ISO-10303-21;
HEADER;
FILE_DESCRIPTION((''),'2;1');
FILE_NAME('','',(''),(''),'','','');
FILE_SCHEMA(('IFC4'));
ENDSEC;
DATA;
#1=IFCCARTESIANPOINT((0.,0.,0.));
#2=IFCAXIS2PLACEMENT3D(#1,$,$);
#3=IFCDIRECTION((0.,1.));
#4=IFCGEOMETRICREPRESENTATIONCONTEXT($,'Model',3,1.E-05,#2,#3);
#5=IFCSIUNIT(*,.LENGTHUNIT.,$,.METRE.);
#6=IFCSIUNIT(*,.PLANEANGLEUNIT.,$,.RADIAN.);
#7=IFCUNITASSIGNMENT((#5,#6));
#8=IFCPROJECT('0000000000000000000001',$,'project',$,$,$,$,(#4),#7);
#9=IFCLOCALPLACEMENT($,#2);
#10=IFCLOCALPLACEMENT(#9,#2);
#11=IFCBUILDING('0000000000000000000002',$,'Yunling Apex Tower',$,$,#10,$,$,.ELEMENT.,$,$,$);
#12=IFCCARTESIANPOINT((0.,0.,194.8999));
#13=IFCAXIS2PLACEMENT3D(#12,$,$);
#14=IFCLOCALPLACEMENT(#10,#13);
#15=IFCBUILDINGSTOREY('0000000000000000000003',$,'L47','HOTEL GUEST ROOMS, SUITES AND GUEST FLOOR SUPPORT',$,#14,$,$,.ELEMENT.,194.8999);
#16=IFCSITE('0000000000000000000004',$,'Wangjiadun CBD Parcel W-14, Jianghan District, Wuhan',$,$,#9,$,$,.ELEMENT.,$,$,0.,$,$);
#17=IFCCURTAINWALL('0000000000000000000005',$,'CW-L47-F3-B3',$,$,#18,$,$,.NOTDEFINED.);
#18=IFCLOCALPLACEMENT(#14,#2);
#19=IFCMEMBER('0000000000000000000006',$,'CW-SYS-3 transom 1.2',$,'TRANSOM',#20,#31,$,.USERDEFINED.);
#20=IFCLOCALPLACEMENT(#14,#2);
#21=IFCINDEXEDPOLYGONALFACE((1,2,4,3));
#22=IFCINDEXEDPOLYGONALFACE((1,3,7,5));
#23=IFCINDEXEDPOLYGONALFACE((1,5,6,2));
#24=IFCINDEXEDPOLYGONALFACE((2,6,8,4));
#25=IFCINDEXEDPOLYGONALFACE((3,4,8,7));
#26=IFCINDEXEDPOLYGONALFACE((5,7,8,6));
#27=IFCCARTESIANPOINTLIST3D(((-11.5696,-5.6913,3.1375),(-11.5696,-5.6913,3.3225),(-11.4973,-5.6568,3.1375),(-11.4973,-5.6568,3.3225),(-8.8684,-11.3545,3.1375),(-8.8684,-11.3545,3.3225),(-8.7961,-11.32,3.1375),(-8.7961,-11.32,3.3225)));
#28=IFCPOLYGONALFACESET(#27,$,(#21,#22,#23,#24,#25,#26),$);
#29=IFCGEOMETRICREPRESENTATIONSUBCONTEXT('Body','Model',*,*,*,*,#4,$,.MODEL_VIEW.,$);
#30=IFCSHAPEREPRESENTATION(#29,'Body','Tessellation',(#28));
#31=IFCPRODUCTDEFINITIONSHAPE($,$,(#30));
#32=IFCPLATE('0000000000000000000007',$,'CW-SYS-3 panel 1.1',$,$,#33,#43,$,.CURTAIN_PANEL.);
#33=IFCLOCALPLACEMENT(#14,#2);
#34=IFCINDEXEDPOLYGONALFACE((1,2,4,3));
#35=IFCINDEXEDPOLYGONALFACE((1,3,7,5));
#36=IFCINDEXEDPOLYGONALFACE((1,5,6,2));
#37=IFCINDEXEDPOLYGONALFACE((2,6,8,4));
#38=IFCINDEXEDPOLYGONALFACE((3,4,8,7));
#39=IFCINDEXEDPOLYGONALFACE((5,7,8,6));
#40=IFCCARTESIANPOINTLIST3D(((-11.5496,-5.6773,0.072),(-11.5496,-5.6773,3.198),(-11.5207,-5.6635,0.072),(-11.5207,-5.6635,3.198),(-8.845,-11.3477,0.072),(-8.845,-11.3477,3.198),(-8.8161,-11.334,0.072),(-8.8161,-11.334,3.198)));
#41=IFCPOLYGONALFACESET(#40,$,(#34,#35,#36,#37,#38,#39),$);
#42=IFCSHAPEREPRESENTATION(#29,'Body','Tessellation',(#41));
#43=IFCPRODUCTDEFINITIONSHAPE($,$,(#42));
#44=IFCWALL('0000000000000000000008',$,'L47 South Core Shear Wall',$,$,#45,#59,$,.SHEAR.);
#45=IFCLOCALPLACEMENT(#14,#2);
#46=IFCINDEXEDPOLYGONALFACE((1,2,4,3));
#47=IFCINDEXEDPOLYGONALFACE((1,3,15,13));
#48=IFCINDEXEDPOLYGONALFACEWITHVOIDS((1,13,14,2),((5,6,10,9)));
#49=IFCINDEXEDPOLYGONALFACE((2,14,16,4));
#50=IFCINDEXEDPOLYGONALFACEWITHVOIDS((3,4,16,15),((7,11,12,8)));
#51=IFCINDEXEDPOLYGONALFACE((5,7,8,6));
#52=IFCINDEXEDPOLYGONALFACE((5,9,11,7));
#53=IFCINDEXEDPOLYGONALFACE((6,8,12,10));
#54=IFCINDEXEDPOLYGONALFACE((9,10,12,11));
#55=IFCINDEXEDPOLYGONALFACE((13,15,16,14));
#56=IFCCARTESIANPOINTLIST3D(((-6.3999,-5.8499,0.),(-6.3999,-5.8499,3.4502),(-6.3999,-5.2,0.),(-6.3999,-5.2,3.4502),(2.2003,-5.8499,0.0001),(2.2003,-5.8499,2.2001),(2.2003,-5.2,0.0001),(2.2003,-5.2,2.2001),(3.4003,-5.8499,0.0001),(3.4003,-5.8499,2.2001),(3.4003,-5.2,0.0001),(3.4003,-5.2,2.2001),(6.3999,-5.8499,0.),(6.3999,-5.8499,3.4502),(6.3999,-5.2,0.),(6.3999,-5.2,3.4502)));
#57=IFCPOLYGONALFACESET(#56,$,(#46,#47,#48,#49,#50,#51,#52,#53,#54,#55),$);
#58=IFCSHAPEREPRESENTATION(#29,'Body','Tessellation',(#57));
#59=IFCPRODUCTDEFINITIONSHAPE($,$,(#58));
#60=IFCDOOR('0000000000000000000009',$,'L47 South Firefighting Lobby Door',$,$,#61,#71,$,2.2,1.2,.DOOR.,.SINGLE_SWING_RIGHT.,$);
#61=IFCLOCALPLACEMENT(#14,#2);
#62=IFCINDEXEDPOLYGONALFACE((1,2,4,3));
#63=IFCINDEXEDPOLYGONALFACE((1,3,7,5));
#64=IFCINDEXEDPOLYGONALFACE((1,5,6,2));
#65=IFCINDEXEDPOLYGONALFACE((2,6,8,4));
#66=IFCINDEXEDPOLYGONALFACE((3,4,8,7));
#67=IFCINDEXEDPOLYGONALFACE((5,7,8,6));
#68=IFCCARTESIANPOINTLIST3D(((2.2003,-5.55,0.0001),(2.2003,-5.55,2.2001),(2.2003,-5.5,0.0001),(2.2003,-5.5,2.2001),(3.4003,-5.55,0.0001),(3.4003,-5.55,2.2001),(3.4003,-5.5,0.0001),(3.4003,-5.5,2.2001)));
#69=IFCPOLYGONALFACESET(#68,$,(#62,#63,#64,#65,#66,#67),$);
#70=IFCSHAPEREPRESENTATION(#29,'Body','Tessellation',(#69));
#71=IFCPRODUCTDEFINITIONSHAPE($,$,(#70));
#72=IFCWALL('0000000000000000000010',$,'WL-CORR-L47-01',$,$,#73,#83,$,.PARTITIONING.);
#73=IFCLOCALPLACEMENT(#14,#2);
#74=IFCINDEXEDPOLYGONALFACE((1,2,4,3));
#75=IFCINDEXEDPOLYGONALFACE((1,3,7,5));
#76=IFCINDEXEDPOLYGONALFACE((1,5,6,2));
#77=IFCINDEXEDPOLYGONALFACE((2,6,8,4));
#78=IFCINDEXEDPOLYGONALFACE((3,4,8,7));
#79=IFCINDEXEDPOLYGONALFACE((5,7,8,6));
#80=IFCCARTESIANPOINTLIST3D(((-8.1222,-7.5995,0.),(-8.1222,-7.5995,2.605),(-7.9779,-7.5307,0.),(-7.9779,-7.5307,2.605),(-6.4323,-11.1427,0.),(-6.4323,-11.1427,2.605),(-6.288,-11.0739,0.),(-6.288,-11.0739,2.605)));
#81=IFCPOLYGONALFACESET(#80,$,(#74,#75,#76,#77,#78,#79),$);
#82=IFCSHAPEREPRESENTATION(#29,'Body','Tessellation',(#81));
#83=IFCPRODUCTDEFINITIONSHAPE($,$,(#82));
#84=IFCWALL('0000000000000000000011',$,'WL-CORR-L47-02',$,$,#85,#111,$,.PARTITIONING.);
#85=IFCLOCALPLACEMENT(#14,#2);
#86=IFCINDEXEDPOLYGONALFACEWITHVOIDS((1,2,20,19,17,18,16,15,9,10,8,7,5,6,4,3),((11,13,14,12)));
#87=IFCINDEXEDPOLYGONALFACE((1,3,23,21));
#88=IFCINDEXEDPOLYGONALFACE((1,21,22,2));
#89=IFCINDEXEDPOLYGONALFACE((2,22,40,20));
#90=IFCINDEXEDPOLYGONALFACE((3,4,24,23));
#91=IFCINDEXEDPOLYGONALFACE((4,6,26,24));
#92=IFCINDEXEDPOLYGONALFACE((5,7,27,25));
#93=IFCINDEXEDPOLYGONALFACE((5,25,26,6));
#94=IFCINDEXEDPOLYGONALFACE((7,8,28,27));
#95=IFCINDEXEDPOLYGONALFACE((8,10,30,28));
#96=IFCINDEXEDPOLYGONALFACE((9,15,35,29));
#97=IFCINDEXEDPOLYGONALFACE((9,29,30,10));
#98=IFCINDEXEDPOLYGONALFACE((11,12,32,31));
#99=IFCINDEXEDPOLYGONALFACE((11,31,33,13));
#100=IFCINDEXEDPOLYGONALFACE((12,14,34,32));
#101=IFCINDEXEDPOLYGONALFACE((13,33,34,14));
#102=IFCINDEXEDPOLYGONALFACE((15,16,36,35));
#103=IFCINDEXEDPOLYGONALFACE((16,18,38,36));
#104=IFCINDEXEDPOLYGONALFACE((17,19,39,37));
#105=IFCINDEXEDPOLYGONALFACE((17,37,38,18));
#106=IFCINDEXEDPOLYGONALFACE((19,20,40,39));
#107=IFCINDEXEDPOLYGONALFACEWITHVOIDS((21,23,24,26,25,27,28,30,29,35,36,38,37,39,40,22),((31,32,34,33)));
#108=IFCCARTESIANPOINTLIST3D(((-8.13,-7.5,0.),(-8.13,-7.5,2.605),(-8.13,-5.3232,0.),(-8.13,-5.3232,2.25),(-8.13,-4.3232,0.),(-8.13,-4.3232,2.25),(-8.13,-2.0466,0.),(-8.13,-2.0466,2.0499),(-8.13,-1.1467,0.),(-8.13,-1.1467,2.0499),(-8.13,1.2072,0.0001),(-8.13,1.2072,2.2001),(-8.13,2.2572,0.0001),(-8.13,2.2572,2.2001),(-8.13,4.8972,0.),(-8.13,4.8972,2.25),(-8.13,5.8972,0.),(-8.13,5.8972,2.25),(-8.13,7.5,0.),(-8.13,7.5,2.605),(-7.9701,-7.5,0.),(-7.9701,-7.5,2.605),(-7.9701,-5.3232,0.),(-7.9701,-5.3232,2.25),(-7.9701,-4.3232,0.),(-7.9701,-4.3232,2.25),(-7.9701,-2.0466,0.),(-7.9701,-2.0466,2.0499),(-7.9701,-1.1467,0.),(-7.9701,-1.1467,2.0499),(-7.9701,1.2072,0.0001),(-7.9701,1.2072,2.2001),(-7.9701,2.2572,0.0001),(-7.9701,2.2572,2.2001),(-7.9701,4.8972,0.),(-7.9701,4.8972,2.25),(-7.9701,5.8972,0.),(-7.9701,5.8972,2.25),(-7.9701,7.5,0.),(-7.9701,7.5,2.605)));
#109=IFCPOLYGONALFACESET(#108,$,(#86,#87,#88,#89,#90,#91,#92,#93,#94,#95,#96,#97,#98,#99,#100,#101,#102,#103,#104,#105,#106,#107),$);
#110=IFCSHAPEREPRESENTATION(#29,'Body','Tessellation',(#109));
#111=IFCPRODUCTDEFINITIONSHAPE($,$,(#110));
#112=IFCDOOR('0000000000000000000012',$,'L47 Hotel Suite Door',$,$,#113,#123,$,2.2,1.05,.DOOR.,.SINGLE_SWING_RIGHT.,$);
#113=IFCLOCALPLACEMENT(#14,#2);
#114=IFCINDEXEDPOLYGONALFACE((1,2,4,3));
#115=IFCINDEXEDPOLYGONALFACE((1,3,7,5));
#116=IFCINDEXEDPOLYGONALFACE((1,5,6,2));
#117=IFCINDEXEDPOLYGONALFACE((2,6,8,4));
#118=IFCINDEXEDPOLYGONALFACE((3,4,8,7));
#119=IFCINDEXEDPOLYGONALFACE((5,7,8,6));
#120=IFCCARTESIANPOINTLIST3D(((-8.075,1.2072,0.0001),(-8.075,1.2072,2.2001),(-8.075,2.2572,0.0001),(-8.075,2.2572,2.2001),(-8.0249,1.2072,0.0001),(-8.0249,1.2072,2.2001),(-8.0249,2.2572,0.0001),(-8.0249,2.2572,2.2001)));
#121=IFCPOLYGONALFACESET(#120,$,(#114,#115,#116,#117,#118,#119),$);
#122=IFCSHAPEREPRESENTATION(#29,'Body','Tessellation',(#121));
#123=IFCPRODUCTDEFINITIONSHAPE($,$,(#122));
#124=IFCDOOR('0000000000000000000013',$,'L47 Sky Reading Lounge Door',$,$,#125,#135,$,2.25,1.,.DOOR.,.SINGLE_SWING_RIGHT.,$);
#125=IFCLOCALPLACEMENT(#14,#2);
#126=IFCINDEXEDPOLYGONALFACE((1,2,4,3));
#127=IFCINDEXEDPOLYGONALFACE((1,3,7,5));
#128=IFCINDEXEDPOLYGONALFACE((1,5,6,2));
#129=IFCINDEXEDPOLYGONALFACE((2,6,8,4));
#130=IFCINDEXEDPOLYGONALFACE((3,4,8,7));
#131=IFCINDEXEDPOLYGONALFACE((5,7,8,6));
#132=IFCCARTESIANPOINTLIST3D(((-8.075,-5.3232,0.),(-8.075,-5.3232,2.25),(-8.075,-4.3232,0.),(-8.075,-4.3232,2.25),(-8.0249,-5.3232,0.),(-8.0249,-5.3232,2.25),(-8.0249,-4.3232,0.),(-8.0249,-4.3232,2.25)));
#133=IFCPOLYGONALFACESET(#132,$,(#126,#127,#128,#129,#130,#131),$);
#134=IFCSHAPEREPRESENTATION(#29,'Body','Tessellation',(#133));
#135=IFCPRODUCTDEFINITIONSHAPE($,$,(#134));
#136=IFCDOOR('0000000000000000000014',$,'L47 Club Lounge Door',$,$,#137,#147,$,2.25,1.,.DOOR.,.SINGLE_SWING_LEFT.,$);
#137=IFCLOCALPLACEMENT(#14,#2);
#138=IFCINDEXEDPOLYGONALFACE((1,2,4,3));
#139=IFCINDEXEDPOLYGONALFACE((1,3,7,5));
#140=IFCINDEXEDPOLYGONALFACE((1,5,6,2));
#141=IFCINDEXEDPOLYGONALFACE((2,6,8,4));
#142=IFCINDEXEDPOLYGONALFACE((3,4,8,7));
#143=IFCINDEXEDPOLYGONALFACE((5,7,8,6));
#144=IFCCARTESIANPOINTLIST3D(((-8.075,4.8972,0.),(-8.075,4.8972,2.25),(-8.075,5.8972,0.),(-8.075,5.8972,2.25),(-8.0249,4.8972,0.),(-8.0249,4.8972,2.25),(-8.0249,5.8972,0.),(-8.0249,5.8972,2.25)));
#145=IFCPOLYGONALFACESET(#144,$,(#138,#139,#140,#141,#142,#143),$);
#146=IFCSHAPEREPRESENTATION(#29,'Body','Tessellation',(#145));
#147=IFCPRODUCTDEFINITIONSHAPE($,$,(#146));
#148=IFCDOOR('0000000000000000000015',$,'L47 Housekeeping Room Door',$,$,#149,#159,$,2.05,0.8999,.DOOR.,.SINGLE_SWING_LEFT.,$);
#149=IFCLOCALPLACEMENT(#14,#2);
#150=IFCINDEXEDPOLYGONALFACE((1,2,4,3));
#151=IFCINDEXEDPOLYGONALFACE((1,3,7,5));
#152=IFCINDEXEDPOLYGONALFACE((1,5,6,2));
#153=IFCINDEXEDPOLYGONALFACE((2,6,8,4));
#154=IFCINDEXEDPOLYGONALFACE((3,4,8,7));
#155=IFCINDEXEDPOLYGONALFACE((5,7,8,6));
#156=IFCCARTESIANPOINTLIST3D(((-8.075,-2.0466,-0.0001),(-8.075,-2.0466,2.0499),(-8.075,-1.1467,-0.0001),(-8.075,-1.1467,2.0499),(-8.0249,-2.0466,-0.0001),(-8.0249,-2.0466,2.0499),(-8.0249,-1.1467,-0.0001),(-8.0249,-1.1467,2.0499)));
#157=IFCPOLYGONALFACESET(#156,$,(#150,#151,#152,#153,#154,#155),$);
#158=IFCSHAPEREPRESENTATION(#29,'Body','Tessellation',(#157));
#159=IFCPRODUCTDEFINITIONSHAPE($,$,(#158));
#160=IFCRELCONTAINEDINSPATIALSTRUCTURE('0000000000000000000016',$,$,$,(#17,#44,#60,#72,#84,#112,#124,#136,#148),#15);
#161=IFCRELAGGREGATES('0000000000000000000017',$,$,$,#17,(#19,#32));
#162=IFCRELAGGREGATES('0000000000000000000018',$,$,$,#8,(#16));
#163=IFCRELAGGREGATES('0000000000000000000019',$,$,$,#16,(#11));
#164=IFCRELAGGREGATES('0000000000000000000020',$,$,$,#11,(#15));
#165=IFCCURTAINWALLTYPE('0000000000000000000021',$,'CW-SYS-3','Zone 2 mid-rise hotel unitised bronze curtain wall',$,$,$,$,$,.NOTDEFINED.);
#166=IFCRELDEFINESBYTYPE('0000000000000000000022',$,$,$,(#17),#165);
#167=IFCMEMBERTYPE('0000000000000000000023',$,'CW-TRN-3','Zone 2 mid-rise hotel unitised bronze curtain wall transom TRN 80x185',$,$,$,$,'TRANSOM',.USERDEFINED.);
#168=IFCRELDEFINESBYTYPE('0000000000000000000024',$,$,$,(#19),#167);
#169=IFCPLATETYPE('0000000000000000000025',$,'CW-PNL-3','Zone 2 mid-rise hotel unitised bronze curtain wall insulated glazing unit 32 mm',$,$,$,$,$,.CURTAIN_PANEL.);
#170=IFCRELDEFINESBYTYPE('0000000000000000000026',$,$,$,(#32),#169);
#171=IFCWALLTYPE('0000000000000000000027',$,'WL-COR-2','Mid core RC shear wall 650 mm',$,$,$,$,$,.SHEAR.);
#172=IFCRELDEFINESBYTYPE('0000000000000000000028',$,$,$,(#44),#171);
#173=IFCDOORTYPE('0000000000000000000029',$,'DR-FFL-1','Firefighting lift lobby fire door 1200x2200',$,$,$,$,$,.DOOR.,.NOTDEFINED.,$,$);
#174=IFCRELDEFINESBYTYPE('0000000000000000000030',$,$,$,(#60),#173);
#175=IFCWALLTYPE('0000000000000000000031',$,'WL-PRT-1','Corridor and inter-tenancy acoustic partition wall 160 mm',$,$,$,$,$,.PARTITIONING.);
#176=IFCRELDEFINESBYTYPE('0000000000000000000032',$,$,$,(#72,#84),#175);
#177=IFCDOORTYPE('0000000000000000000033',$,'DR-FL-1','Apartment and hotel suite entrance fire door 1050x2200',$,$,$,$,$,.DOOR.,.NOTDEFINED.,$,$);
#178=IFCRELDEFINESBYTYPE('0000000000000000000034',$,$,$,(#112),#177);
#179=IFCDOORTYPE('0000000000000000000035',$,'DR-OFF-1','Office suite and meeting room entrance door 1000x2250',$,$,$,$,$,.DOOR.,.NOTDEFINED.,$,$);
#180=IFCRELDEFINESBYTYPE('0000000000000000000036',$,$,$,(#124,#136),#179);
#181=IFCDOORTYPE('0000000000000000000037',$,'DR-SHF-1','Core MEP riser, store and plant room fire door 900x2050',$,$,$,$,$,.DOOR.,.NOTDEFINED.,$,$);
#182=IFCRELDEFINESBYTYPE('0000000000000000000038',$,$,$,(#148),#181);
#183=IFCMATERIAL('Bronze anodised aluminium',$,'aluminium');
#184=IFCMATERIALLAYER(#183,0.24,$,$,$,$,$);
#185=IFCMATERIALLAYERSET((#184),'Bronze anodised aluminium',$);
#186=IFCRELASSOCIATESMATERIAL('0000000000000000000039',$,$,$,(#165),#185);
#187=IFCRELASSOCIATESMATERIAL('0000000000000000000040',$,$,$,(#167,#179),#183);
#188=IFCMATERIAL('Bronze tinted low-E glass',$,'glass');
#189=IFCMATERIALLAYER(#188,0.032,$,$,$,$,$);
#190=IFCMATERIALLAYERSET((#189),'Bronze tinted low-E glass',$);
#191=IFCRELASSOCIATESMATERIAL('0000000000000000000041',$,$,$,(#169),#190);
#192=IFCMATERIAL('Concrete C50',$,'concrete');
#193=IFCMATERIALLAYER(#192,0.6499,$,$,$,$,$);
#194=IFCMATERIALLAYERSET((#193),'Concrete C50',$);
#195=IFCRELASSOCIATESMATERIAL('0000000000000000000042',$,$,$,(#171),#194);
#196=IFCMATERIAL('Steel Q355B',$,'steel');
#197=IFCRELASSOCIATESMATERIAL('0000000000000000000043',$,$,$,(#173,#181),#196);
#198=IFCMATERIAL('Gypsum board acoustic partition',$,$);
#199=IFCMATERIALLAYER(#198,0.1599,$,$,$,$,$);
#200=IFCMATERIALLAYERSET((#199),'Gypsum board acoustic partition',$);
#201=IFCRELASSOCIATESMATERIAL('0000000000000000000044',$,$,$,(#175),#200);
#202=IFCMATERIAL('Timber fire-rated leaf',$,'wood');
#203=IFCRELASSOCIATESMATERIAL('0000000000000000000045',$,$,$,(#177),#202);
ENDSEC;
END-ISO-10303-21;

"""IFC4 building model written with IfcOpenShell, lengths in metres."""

from ifc_helpers import new_model, si_unit, direction, frame, frame_2d, origin, origin_2d, place, context, subcontext, project, spatial, rectangle, extrude, source, transform, mapped, material, layer, layer_set, material_profile, profile_set, type_object, element, fill, aggregate, save


model = new_model("IFC4")

# Units and contexts
model_context = context("Model", 3, precision=1e-05, world=origin(), true_north=direction((0.0, 1.0)))
body_context = subcontext(model_context, "Body", "Model", "MODEL_VIEW")
ifc_project = project(units=[si_unit("LENGTHUNIT", "METRE"), si_unit("PLANEANGLEUNIT", "RADIAN")], contexts=[model_context])

# Site, building, storey
site_placement = place(None, origin())
site = spatial("IfcSite", under=ifc_project, at=site_placement, Name="Wangjiadun CBD Parcel W-14, Jianghan District, Wuhan", CompositionType="ELEMENT", RefElevation=0.0)
building_placement = place(site_placement, origin())
building = spatial("IfcBuilding", under=site, at=building_placement, Name="Yunling Apex Tower", CompositionType="ELEMENT")
storey_placement = place(building_placement, frame((0.0, 0.0, 194.8999)))
storey = spatial("IfcBuildingStorey", under=building, at=storey_placement, Name="L47", Description="HOTEL GUEST ROOMS, SUITES AND GUEST FLOOR SUPPORT", CompositionType="ELEMENT", Elevation=194.8999)

# Shared definitions
ifc_material_1 = material(Name="Steel Q355B", Category="steel")

# Curtain wall, member, plate
ifc_material_2 = material(Name="Bronze anodised aluminium", Category="aluminium")
ifc_layer_1 = layer(ifc_material_2, 0.24)
ifc_layer_set_1 = layer_set([ifc_layer_1], Name="Bronze anodised aluminium")
curtain_wall_type = type_object("IfcCurtainWallType", Name="CW-SYS-3", Description="Zone 2 mid-rise hotel unitised bronze curtain wall", PredefinedType="NOTDEFINED", material=ifc_layer_set_1)
curtain_wall_placement = place(storey_placement, origin())
curtain_wall = element("IfcCurtainWall", 1, at=curtain_wall_placement, inside=storey, type_object=curtain_wall_type, Name="CW-L47-F3-B3", PredefinedType="NOTDEFINED")
ifc_material_profile_1 = material_profile(ifc_material_2, rectangle(XDim=0.0801, YDim=0.1851, at=origin_2d()))
ifc_profile_set_1 = profile_set([ifc_material_profile_1], Name="Bronze anodised aluminium")
member_type_1 = type_object("IfcMemberType", Name="CW-TRN-3", Description="Zone 2 mid-rise hotel unitised bronze curtain wall transom TRN 80x185", ElementType="TRANSOM", PredefinedType="USERDEFINED", material=ifc_profile_set_1)
shared_shape_1 = source(origin(), body_context, "Body", "SweptSolid", [
    extrude(rectangle(XDim=0.0801, YDim=0.1851, at=origin_2d()), origin(), (0.0, 0.0, 1.0), 6.2744),
])
member_1_placement = place(storey_placement, frame((-11.5334, -5.6741, 3.23), z_axis=(0.430513, -0.902584, 0.0), x_axis=(0.902584, 0.430513, 0.0)))
member_1 = element("IfcMember", 2, at=member_1_placement, type_object=member_type_1, Name="CW-SYS-3 transom 1.2", ObjectType="TRANSOM", PredefinedType="USERDEFINED", context=body_context, shape_type="MappedRepresentation", body=[
    mapped(shared_shape_1, transform((0.0, 0.0, 0.0), scale=1.0)),
])
ifc_material_3 = material(Name="Bronze tinted low-E glass", Category="glass")
ifc_layer_2 = layer(ifc_material_3, 0.032)
ifc_layer_set_2 = layer_set([ifc_layer_2], Name="Bronze tinted low-E glass")
plate_type = type_object("IfcPlateType", Name="CW-PNL-3", Description="Zone 2 mid-rise hotel unitised bronze curtain wall insulated glazing unit 32 mm", PredefinedType="CURTAIN_PANEL", material=ifc_layer_set_2)
shared_shape_2 = source(origin(), body_context, "Body", "SweptSolid", [
    extrude(rectangle(XDim=6.2825, YDim=0.032, at=origin_2d()), origin(), (0.0, 0.0, 1.0), 3.126),
])
plate_placement = place(storey_placement, frame((-10.1829, -8.5056, 0.072), z_axis=(0.0, 0.0, 1.0), x_axis=(0.430505, -0.902588, 0.0)))
plate = element("IfcPlate", 3, at=plate_placement, type_object=plate_type, Name="CW-SYS-3 panel 1.1", PredefinedType="CURTAIN_PANEL", context=body_context, shape_type="MappedRepresentation", body=[
    mapped(shared_shape_2, transform((0.0, 0.0, 0.0), scale=1.0)),
])
aggregate(curtain_wall, [member_1, plate])

# Wall, opening, door
ifc_material_4 = material(Name="Concrete C50", Category="concrete")
ifc_layer_3 = layer(ifc_material_4, 0.6499)
ifc_layer_set_3 = layer_set([ifc_layer_3], Name="Concrete C50")
wall_type_1 = type_object("IfcWallType", Name="WL-COR-2", Description="Mid core RC shear wall 650 mm", PredefinedType="SHEAR", material=ifc_layer_set_3)
wall_1_placement = place(storey_placement, frame((-6.3999, -5.5249, 0.0), z_axis=(0.0, 0.0, 1.0), x_axis=(1.0, 0.0, 0.0)))
wall_1 = element("IfcWall", 4, at=wall_1_placement, inside=storey, type_object=wall_type_1, Name="L47 South Core Shear Wall", PredefinedType="SHEAR", context=body_context, shape_type="SweptSolid", body=[
    extrude(rectangle(XDim=12.7998, YDim=0.6499, at=frame_2d((6.3999, 0.0))), origin(), (0.0, 0.0, 1.0), 3.4502),
])
opening_1_placement = place(wall_1_placement, frame((8.6001, 0.0, 0.0)))
opening_1 = element("IfcOpeningElement", 5, at=opening_1_placement, cuts=wall_1, PredefinedType="OPENING", context=body_context, shape_type="SweptSolid", body=[
    extrude(rectangle(XDim=1.2, YDim=2.2, at=frame_2d((0.6001, 1.1001))), frame((0.0, 0.335, 0.0), z_axis=(0.0, -1.0, 0.0), x_axis=(1.0, 0.0, 0.0)), (0.0, 0.0, 1.0), 0.6699),
])
door_type_1 = type_object("IfcDoorType", Name="DR-FFL-1", Description="Firefighting lift lobby fire door 1200x2200", OperationType="NOTDEFINED", PredefinedType="DOOR", material=ifc_material_1)
door_1_placement = place(opening_1_placement, origin())
door_1 = element("IfcDoor", 6, at=door_1_placement, inside=storey, type_object=door_type_1, Name="L47 South Firefighting Lobby Door", OperationType="SINGLE_SWING_RIGHT", OverallHeight=2.2, OverallWidth=1.2, PredefinedType="DOOR", context=body_context, shape_type="SweptSolid", body=[
    extrude(rectangle(XDim=1.2, YDim=2.2, at=frame_2d((0.6001, 1.1001))), frame((0.0, 0.0249, 0.0), z_axis=(0.0, -1.0, 0.0), x_axis=(1.0, 0.0, 0.0)), (0.0, 0.0, 1.0), 0.05),
])
fill(opening_1, door_1)

# Wall
ifc_material_5 = material(Name="Gypsum board acoustic partition")
ifc_layer_4 = layer(ifc_material_5, 0.1599)
ifc_layer_set_4 = layer_set([ifc_layer_4], Name="Gypsum board acoustic partition")
wall_type_2 = type_object("IfcWallType", Name="WL-PRT-1", Description="Corridor and inter-tenancy acoustic partition wall 160 mm", PredefinedType="PARTITIONING", material=ifc_layer_set_4)
wall_2_placement = place(storey_placement, frame((-6.3601, -11.1084, 0.0), z_axis=(0.0, 0.0, 1.0), x_axis=(-0.430494, 0.902594, 0.0)))
element("IfcWall", 7, at=wall_2_placement, inside=storey, type_object=wall_type_2, Name="WL-CORR-L47-01", PredefinedType="PARTITIONING", context=body_context, shape_type="SweptSolid", body=[
    extrude(rectangle(XDim=3.9255, YDim=0.1599, at=frame_2d((1.9629, 0.0))), origin(), (0.0, 0.0, 1.0), 2.605),
])

# Wall, openings, doors
wall_3_placement = place(storey_placement, frame((-8.05, -7.5, 0.0), z_axis=(0.0, 0.0, 1.0), x_axis=(0.0, 1.0, 0.0)))
wall_3 = element("IfcWall", 8, at=wall_3_placement, inside=storey, type_object=wall_type_2, Name="WL-CORR-L47-02", PredefinedType="PARTITIONING", context=body_context, shape_type="SweptSolid", body=[
    extrude(rectangle(XDim=15.0, YDim=0.1599, at=frame_2d((7.5, 0.0))), origin(), (0.0, 0.0, 1.0), 2.605),
])
opening_2_placement = place(wall_3_placement, frame((2.1768, 0.0, 0.0)))
opening_2 = element("IfcOpeningElement", 9, at=opening_2_placement, cuts=wall_3, PredefinedType="OPENING", context=body_context, shape_type="SweptSolid", body=[
    extrude(rectangle(XDim=1.0, YDim=2.25, at=frame_2d((0.5, 1.125))), frame((0.0, 0.0898, 0.0), z_axis=(0.0, -1.0, 0.0), x_axis=(1.0, 0.0, 0.0)), (0.0, 0.0, 1.0), 0.1799),
])
opening_3_placement = place(wall_3_placement, frame((5.4534, 0.0, 0.0)))
opening_3 = element("IfcOpeningElement", 10, at=opening_3_placement, cuts=wall_3, PredefinedType="OPENING", context=body_context, shape_type="SweptSolid", body=[
    extrude(rectangle(XDim=0.8999, YDim=2.05, at=frame_2d((0.45, 1.0249))), frame((0.0, 0.0898, 0.0), z_axis=(0.0, -1.0, 0.0), x_axis=(1.0, 0.0, 0.0)), (0.0, 0.0, 1.0), 0.1799),
])
opening_4_placement = place(wall_3_placement, frame((8.7073, 0.0, 0.0)))
opening_4 = element("IfcOpeningElement", 11, at=opening_4_placement, cuts=wall_3, PredefinedType="OPENING", context=body_context, shape_type="SweptSolid", body=[
    extrude(rectangle(XDim=1.05, YDim=2.2, at=frame_2d((0.5249, 1.1001))), frame((0.0, 0.0898, 0.0), z_axis=(0.0, -1.0, 0.0), x_axis=(1.0, 0.0, 0.0)), (0.0, 0.0, 1.0), 0.1799),
])
opening_5_placement = place(wall_3_placement, frame((12.3972, 0.0, 0.0)))
opening_5 = element("IfcOpeningElement", 12, at=opening_5_placement, cuts=wall_3, PredefinedType="OPENING", context=body_context, shape_type="SweptSolid", body=[
    extrude(rectangle(XDim=1.0, YDim=2.25, at=frame_2d((0.5, 1.125))), frame((0.0, 0.0898, 0.0), z_axis=(0.0, -1.0, 0.0), x_axis=(1.0, 0.0, 0.0)), (0.0, 0.0, 1.0), 0.1799),
])
ifc_material_6 = material(Name="Timber fire-rated leaf", Category="wood")
door_type_2 = type_object("IfcDoorType", Name="DR-FL-1", Description="Apartment and hotel suite entrance fire door 1050x2200", OperationType="NOTDEFINED", PredefinedType="DOOR", material=ifc_material_6)
door_2_placement = place(opening_4_placement, origin())
door_2 = element("IfcDoor", 13, at=door_2_placement, inside=storey, type_object=door_type_2, Name="L47 Hotel Suite Door", OperationType="SINGLE_SWING_RIGHT", OverallHeight=2.2, OverallWidth=1.05, PredefinedType="DOOR", context=body_context, shape_type="SweptSolid", body=[
    extrude(rectangle(XDim=1.05, YDim=2.2, at=frame_2d((0.5249, 1.1001))), frame((0.0, 0.0249, 0.0), z_axis=(0.0, -1.0, 0.0), x_axis=(1.0, 0.0, 0.0)), (0.0, 0.0, 1.0), 0.05),
])
fill(opening_4, door_2)
door_type_3 = type_object("IfcDoorType", Name="DR-OFF-1", Description="Office suite and meeting room entrance door 1000x2250", OperationType="NOTDEFINED", PredefinedType="DOOR", material=ifc_material_2)
door_3_placement = place(opening_2_placement, origin())
door_3 = element("IfcDoor", 14, at=door_3_placement, inside=storey, type_object=door_type_3, Name="L47 Sky Reading Lounge Door", OperationType="SINGLE_SWING_RIGHT", OverallHeight=2.25, OverallWidth=1.0, PredefinedType="DOOR", context=body_context, shape_type="SweptSolid", body=[
    extrude(rectangle(XDim=1.0, YDim=2.25, at=frame_2d((0.5, 1.125))), frame((0.0, 0.0249, 0.0), z_axis=(0.0, -1.0, 0.0), x_axis=(1.0, 0.0, 0.0)), (0.0, 0.0, 1.0), 0.05),
])
fill(opening_2, door_3)
door_4_placement = place(opening_5_placement, origin())
door_4 = element("IfcDoor", 15, at=door_4_placement, inside=storey, type_object=door_type_3, Name="L47 Club Lounge Door", OperationType="SINGLE_SWING_LEFT", OverallHeight=2.25, OverallWidth=1.0, PredefinedType="DOOR", context=body_context, shape_type="SweptSolid", body=[
    extrude(rectangle(XDim=1.0, YDim=2.25, at=frame_2d((0.5, 1.125))), frame((0.0, 0.0249, 0.0), z_axis=(0.0, -1.0, 0.0), x_axis=(1.0, 0.0, 0.0)), (0.0, 0.0, 1.0), 0.05),
])
fill(opening_5, door_4)
door_type_4 = type_object("IfcDoorType", Name="DR-SHF-1", Description="Core MEP riser, store and plant room fire door 900x2050", OperationType="NOTDEFINED", PredefinedType="DOOR", material=ifc_material_1)
door_5_placement = place(opening_3_placement, origin())
door_5 = element("IfcDoor", 16, at=door_5_placement, inside=storey, type_object=door_type_4, Name="L47 Housekeeping Room Door", OperationType="SINGLE_SWING_LEFT", OverallHeight=2.05, OverallWidth=0.8999, PredefinedType="DOOR", context=body_context, shape_type="SweptSolid", body=[
    extrude(rectangle(XDim=0.8999, YDim=2.05, at=frame_2d((0.45, 1.0249))), frame((0.0, 0.0249, 0.0), z_axis=(0.0, -1.0, 0.0), x_axis=(1.0, 0.0, 0.0)), (0.0, 0.0, 1.0), 0.05),
])
fill(opening_3, door_5)

save(model, "model.ifc")
